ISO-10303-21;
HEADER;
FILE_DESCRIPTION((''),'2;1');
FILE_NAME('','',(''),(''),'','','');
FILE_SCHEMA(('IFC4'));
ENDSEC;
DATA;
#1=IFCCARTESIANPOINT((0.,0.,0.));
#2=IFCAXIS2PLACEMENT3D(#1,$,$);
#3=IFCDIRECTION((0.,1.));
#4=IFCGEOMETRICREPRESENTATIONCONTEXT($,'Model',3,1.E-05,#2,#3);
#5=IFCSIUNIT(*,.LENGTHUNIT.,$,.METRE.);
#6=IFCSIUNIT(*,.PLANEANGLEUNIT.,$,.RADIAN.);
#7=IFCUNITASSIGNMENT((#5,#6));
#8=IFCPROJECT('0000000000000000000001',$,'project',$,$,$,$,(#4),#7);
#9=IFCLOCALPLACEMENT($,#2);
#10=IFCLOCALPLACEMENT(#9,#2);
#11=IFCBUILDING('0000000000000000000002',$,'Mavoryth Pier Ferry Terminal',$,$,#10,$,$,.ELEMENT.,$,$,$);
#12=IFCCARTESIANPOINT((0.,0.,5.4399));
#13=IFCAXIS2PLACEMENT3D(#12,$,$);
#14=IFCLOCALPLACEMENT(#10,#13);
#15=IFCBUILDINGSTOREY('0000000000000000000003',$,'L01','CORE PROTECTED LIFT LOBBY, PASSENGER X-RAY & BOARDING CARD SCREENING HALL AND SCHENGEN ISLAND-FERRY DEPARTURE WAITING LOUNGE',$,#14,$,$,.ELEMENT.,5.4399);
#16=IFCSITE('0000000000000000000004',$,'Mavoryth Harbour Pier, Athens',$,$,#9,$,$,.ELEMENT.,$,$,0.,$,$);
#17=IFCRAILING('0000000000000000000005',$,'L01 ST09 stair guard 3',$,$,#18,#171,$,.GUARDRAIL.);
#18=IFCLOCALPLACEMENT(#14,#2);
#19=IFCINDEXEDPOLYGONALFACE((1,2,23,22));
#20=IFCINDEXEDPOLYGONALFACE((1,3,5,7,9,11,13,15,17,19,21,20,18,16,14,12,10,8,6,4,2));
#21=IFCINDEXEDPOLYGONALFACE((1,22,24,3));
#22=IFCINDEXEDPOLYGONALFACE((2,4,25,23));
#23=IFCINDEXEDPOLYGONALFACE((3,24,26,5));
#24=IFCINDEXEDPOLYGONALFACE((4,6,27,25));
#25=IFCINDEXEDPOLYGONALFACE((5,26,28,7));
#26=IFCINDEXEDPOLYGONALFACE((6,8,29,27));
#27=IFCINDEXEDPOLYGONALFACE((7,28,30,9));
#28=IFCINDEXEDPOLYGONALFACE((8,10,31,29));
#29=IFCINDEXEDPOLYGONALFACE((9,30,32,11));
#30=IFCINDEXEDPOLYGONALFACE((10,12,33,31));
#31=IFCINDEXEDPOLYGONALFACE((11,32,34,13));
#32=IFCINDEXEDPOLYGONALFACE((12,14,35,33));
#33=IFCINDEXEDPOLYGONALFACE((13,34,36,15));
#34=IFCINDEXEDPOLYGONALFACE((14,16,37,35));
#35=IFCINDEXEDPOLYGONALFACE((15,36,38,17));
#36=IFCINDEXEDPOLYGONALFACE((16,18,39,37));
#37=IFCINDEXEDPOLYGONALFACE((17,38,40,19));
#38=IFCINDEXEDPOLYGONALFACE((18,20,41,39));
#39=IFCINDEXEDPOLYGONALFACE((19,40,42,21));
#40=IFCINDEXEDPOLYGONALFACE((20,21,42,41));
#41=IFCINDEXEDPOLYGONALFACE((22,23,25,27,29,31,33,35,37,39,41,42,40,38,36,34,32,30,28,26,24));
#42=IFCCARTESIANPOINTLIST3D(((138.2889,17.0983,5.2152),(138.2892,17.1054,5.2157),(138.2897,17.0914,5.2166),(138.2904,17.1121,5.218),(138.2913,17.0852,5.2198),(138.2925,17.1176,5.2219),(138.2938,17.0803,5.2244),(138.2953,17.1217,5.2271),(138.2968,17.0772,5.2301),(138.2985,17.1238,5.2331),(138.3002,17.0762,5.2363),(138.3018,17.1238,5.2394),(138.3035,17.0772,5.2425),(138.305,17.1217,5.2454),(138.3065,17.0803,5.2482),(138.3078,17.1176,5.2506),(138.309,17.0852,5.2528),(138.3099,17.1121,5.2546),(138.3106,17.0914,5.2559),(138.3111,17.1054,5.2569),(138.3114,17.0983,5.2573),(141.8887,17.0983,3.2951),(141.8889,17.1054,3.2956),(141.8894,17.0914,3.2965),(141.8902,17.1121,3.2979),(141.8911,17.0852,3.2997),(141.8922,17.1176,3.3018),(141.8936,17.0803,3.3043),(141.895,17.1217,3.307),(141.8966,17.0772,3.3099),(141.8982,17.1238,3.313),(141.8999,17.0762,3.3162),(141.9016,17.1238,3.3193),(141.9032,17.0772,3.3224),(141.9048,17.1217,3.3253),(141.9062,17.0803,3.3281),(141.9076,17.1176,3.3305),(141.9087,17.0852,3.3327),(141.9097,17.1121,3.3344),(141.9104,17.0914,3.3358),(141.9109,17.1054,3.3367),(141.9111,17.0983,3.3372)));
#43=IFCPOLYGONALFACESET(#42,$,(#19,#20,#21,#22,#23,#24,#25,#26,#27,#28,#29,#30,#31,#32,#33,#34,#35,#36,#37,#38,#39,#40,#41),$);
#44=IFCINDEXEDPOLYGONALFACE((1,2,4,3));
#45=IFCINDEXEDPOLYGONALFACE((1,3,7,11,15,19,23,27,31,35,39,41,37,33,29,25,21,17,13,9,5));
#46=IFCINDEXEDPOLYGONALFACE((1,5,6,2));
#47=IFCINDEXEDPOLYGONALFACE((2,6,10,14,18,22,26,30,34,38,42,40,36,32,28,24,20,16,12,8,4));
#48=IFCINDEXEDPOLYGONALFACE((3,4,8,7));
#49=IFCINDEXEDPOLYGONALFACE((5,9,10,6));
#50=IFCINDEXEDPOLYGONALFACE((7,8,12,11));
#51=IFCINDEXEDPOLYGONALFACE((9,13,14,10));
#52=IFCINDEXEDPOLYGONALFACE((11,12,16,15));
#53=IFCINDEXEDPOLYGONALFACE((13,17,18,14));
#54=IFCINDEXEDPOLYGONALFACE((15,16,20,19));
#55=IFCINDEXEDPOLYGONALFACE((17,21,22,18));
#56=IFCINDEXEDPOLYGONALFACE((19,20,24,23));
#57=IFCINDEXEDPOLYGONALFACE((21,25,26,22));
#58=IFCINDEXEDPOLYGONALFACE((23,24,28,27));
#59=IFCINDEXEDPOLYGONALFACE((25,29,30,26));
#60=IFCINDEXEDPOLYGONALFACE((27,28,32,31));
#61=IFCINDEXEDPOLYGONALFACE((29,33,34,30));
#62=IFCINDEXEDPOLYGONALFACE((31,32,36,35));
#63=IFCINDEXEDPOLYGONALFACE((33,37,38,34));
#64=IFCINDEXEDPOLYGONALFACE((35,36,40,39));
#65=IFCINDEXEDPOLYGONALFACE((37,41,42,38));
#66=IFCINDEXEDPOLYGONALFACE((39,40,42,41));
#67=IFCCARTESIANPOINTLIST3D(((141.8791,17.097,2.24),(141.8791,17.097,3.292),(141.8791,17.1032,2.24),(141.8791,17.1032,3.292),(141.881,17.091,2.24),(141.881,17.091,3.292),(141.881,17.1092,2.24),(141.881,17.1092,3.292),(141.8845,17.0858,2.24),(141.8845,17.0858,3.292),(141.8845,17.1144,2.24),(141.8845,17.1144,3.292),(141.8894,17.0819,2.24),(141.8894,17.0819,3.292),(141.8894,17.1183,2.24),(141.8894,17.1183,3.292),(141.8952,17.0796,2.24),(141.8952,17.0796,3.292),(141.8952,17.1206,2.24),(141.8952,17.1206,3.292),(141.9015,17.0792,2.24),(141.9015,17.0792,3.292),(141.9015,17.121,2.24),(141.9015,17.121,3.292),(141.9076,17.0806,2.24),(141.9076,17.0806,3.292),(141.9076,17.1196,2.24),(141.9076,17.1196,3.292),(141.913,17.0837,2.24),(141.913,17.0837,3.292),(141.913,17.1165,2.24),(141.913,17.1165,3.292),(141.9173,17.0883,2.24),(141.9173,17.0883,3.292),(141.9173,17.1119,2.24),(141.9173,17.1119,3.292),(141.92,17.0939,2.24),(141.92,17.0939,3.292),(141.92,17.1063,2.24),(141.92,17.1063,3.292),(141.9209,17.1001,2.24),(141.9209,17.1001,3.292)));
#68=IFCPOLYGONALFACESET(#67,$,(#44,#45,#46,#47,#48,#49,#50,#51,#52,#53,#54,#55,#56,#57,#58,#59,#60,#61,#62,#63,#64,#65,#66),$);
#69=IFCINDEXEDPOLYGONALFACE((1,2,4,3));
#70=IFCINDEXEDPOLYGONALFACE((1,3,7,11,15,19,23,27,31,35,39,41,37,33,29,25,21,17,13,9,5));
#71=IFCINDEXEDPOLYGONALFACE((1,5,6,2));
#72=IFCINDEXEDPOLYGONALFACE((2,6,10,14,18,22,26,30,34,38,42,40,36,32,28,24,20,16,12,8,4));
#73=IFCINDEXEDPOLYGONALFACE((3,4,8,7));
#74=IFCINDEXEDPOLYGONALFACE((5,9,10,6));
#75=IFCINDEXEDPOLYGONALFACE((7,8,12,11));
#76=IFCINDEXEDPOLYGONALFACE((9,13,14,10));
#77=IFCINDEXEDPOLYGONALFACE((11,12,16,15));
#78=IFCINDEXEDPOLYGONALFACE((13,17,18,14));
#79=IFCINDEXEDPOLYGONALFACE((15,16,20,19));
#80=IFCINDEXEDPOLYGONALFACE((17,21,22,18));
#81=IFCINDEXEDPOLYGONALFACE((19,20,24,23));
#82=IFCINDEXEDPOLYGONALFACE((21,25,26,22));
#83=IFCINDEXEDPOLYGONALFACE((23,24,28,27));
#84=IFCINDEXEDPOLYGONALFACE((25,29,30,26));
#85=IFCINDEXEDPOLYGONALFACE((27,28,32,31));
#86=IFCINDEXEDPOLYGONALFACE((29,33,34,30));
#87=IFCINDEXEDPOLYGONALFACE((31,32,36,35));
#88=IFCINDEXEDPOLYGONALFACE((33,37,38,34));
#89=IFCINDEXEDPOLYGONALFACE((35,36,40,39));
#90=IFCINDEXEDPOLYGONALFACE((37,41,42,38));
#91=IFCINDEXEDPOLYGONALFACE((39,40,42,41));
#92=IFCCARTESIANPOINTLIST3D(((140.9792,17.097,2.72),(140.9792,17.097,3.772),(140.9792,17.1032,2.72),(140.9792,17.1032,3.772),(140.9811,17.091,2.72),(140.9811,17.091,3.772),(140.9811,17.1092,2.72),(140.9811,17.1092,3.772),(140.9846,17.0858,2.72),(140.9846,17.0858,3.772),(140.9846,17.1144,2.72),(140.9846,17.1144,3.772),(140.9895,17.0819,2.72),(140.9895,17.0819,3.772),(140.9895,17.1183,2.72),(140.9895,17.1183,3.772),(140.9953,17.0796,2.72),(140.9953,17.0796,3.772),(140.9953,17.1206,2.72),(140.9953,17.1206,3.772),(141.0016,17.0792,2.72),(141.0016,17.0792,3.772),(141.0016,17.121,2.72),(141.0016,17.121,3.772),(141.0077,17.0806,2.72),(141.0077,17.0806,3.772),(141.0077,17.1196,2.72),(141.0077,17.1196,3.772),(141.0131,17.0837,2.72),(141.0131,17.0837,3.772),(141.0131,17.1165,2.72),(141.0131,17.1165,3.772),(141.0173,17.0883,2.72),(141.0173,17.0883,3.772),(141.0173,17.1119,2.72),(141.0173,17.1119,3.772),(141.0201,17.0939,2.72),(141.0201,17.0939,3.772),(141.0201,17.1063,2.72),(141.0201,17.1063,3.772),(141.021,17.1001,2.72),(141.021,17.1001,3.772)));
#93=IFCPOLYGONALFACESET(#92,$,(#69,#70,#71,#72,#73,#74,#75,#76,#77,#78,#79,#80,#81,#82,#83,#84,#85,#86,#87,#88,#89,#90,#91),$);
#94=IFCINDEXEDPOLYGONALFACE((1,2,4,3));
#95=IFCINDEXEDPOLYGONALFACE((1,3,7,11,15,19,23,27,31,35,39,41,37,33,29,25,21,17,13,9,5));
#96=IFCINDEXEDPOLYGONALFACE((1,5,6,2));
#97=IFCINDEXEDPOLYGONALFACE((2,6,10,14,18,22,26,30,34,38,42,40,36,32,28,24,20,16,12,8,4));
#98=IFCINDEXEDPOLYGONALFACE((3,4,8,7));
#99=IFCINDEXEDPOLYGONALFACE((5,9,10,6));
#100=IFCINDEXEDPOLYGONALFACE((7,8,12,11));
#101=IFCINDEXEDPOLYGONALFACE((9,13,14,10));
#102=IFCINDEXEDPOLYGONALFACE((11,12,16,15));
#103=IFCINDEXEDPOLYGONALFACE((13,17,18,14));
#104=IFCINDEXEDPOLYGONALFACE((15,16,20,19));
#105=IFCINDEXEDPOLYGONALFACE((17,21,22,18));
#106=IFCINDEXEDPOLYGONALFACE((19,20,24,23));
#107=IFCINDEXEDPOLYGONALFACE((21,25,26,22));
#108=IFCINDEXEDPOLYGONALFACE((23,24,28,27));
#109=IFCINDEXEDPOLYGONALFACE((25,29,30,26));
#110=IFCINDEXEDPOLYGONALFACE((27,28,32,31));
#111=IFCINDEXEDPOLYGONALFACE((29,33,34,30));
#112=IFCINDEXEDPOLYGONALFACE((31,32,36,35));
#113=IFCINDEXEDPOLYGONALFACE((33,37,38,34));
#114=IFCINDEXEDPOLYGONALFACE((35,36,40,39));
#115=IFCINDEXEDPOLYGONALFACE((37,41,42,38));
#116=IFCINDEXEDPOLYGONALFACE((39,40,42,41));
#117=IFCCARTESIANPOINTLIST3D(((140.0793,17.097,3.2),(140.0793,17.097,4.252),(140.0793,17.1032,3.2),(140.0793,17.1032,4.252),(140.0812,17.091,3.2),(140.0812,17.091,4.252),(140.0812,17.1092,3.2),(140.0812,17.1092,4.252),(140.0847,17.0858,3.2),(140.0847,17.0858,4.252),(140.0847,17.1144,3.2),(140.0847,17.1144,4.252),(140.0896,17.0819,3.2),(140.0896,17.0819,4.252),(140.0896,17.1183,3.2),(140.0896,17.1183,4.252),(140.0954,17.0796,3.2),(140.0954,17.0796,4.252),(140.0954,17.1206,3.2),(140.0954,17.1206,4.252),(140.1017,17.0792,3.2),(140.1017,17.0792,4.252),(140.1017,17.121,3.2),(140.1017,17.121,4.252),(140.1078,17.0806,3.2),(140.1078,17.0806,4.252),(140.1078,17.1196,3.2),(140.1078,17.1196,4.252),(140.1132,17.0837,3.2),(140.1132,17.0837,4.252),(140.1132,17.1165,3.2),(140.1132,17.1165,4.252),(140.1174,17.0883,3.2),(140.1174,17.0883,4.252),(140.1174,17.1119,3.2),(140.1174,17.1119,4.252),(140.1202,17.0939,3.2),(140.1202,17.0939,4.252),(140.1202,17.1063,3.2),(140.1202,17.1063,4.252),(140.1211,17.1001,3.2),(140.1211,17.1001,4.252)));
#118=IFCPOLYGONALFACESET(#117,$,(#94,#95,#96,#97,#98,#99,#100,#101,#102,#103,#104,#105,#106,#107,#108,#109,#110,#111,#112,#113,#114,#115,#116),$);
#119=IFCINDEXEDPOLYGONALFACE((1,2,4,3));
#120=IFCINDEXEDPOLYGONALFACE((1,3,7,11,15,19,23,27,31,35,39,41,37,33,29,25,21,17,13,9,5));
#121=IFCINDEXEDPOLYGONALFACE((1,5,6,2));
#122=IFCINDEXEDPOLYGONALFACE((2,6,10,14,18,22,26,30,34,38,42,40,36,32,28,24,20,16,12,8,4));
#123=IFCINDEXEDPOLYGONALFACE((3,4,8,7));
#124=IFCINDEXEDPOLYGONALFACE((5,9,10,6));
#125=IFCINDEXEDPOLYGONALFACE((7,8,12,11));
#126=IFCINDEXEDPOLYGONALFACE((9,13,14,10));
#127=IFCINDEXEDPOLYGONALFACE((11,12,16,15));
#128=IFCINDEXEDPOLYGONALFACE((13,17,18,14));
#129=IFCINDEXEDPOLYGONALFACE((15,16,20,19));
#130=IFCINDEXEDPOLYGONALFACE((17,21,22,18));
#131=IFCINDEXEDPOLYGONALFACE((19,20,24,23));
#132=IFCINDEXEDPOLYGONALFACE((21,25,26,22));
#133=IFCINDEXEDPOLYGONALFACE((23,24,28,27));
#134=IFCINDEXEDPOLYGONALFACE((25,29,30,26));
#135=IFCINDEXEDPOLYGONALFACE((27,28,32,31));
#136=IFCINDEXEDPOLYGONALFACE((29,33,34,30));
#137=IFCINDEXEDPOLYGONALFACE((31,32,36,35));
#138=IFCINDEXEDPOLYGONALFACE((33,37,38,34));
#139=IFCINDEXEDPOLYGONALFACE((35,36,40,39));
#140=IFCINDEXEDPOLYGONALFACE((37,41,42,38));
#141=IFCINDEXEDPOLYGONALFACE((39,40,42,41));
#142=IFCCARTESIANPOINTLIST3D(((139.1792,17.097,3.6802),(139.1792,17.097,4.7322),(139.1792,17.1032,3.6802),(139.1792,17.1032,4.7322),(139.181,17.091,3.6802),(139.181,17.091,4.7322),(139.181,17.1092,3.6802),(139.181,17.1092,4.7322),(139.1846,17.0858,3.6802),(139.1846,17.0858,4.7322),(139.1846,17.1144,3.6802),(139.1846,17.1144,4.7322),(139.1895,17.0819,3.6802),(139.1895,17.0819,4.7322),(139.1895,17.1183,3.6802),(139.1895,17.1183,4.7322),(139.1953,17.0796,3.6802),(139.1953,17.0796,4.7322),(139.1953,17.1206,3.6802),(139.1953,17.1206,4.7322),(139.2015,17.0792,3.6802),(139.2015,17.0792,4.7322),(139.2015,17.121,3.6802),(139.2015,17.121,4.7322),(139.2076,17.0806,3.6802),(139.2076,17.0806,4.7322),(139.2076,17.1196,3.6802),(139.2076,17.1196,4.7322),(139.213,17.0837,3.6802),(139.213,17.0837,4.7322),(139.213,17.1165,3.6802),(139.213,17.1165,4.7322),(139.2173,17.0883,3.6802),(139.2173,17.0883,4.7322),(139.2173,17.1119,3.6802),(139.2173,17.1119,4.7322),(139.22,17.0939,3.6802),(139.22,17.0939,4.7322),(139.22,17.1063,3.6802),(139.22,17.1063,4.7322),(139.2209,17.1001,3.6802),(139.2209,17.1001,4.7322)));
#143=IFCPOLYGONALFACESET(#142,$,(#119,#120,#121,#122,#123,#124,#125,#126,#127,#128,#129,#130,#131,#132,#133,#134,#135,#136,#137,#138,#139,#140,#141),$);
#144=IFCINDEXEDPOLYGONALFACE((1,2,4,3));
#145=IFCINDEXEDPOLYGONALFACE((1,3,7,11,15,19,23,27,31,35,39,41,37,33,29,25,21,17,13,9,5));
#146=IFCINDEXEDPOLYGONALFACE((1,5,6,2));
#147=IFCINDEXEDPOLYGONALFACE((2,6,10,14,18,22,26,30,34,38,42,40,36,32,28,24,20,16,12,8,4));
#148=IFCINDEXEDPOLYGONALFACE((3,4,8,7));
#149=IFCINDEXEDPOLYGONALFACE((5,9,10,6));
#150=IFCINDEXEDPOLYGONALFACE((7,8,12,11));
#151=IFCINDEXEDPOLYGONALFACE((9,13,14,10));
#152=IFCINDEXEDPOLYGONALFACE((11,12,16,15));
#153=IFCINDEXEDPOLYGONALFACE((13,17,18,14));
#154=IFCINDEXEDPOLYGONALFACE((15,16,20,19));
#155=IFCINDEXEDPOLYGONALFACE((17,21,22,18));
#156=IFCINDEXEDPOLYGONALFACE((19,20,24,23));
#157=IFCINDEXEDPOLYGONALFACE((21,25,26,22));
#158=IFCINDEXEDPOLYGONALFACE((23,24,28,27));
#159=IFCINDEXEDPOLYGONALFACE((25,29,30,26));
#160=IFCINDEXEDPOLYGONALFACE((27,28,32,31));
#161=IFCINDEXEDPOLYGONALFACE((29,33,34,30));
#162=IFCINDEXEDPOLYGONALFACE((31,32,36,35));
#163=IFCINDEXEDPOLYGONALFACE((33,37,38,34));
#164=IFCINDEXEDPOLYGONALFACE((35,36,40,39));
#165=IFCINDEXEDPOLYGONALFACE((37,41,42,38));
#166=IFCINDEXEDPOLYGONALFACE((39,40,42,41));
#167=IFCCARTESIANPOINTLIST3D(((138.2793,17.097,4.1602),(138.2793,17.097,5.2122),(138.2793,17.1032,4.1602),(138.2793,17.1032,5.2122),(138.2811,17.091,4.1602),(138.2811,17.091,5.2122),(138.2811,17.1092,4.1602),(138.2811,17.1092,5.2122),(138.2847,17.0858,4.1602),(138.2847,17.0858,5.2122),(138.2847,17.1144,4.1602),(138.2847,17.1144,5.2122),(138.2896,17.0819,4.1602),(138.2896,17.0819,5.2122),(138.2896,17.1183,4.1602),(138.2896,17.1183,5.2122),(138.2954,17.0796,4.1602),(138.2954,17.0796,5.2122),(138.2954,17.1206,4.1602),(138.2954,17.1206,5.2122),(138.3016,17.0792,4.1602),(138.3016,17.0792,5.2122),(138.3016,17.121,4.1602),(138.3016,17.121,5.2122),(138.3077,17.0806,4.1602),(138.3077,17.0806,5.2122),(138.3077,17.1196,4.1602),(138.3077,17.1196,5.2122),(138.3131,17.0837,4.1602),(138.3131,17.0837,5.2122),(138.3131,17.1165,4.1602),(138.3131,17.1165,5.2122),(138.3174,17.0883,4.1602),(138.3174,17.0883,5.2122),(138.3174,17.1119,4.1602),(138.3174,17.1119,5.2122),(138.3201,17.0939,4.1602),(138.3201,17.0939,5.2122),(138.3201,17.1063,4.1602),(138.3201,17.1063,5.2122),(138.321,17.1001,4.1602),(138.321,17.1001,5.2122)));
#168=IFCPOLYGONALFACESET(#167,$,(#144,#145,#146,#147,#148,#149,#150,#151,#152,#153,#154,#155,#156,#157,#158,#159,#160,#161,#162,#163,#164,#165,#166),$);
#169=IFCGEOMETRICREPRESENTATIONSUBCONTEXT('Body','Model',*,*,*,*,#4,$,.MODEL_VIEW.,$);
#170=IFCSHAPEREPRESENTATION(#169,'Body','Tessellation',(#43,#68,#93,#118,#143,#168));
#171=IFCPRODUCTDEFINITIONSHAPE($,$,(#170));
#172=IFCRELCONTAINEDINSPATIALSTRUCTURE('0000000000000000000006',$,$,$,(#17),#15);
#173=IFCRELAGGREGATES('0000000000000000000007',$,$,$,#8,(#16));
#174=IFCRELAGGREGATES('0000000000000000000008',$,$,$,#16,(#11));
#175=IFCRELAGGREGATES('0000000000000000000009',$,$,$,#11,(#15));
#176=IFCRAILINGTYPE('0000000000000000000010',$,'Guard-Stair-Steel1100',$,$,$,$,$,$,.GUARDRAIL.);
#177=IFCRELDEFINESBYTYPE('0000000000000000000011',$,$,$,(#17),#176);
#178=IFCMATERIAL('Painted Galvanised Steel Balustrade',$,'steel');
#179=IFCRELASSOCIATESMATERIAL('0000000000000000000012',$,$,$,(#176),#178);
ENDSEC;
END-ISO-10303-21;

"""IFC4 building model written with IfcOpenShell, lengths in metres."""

from ifc_helpers import new_model, si_unit, direction, frame, origin, origin_2d, place, context, subcontext, project, spatial, circle, extrude, material, type_object, element, save


model = new_model("IFC4")

# Units and contexts
model_context = context("Model", 3, precision=1e-05, world=origin(), true_north=direction((0.0, 1.0)))
body_context = subcontext(model_context, "Body", "Model", "MODEL_VIEW")
ifc_project = project(units=[si_unit("LENGTHUNIT", "METRE"), si_unit("PLANEANGLEUNIT", "RADIAN")], contexts=[model_context])

# Site, building, storey
site_placement = place(None, origin())
site = spatial("IfcSite", under=ifc_project, at=site_placement, Name="Mavoryth Harbour Pier, Athens", CompositionType="ELEMENT", RefElevation=0.0)
building_placement = place(site_placement, origin())
building = spatial("IfcBuilding", under=site, at=building_placement, Name="Mavoryth Pier Ferry Terminal", CompositionType="ELEMENT")
storey_placement = place(building_placement, frame((0.0, 0.0, 5.4399)))
storey = spatial("IfcBuildingStorey", under=building, at=storey_placement, Name="L01", Description="CORE PROTECTED LIFT LOBBY, PASSENGER X-RAY & BOARDING CARD SCREENING HALL AND SCHENGEN ISLAND-FERRY DEPARTURE WAITING LOUNGE", CompositionType="ELEMENT", Elevation=5.4399)

# Railing
ifc_material_1 = material(Name="Painted Galvanised Steel Balustrade", Category="steel")
railing_type_1 = type_object("IfcRailingType", Name="Guard-Stair-Steel1100", PredefinedType="GUARDRAIL", material=ifc_material_1)
railing_1_placement = place(storey_placement, frame((141.8999, 17.1001, 2.24)))
element("IfcRailing", 1, at=railing_1_placement, inside=storey, type_object=railing_type_1, Name="L01 ST09 stair guard 3", PredefinedType="GUARDRAIL", context=body_context, shape_type="SweptSolid", body=[
    extrude(circle(Radius=0.0239, at=origin_2d()), frame((0.0, 0.0, 1.0762), z_axis=(-0.882328, 0.0, 0.470635), x_axis=(0.0, -1.0, 0.0)), (0.0, 0.0, 1.0), 4.0798),
    extrude(circle(Radius=0.021, at=origin_2d()), origin(), (0.0, 0.0, 1.0), 1.052),
    extrude(circle(Radius=0.021, at=origin_2d()), frame((-0.8999, 0.0, 0.48)), (0.0, 0.0, 1.0), 1.052),
    extrude(circle(Radius=0.021, at=origin_2d()), frame((-1.7998, 0.0, 0.96)), (0.0, 0.0, 1.0), 1.052),
    extrude(circle(Radius=0.021, at=origin_2d()), frame((-2.7, 0.0, 1.4402)), (0.0, 0.0, 1.0), 1.052),
    extrude(circle(Radius=0.021, at=origin_2d()), frame((-3.5999, 0.0, 1.9202)), (0.0, 0.0, 1.0), 1.052),
])

save(model, "model.ifc")
